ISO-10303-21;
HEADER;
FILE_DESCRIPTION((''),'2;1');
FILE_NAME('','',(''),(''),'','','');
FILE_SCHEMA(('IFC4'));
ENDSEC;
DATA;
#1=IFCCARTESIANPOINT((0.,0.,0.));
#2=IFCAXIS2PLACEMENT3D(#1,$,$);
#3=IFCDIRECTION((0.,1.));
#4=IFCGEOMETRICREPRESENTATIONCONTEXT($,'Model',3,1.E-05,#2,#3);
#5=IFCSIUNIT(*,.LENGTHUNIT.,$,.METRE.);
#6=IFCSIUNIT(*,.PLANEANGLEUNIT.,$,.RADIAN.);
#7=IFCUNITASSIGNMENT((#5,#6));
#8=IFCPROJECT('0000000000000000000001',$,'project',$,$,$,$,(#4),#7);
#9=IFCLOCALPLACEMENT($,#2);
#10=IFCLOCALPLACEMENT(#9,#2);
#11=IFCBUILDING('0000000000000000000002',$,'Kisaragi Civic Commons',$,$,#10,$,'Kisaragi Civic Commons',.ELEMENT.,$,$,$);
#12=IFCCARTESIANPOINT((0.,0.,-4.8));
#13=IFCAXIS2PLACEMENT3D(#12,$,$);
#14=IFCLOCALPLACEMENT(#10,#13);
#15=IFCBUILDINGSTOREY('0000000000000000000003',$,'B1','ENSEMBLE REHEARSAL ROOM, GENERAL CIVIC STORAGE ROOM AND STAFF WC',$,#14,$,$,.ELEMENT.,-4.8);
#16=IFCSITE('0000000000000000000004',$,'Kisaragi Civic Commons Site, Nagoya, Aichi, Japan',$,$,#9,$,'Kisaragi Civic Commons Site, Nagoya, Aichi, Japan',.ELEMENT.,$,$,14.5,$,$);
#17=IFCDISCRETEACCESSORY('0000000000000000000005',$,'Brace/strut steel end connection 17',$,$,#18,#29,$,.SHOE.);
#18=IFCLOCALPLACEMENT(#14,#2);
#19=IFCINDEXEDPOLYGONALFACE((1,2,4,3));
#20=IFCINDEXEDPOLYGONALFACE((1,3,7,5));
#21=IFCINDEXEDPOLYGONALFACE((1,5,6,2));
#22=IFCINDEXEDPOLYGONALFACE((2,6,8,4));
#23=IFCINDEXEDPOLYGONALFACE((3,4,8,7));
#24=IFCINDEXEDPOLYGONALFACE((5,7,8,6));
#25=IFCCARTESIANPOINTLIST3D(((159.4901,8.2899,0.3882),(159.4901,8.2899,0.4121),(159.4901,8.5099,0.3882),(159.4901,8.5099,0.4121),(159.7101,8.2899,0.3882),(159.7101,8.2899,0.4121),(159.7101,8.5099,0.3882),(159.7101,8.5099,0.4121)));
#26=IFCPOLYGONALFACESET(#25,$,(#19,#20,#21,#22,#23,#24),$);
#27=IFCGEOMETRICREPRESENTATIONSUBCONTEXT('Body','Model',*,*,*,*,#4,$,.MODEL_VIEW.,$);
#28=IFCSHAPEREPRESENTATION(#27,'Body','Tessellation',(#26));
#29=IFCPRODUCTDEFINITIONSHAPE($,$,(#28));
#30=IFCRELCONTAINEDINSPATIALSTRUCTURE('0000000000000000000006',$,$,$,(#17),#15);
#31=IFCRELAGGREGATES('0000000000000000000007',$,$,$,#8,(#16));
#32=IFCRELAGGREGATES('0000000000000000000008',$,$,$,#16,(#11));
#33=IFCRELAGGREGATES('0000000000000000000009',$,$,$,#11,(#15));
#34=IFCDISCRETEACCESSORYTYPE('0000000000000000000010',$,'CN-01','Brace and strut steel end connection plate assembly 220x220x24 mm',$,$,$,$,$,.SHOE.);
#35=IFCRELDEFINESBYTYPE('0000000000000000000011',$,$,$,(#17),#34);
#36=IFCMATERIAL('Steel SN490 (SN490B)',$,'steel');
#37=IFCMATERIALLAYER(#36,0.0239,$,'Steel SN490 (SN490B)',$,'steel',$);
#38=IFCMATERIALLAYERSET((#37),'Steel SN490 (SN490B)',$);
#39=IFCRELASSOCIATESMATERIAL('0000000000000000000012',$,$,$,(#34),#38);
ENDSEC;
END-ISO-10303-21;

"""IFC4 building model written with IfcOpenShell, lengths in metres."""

from ifc_helpers import new_model, si_unit, direction, frame, origin, origin_2d, place, context, subcontext, project, spatial, rectangle, extrude, material, layer, layer_set, type_object, element, save


model = new_model("IFC4")

# Units and contexts
model_context = context("Model", 3, precision=1e-05, world=origin(), true_north=direction((0.0, 1.0)))
body_context = subcontext(model_context, "Body", "Model", "MODEL_VIEW")
ifc_project = project(units=[si_unit("LENGTHUNIT", "METRE"), si_unit("PLANEANGLEUNIT", "RADIAN")], contexts=[model_context])

# Site, building, storey
site_placement = place(None, origin())
site = spatial("IfcSite", under=ifc_project, at=site_placement, Name="Kisaragi Civic Commons Site, Nagoya, Aichi, Japan", LongName="Kisaragi Civic Commons Site, Nagoya, Aichi, Japan", CompositionType="ELEMENT", RefElevation=14.5)
building_placement = place(site_placement, origin())
building = spatial("IfcBuilding", under=site, at=building_placement, Name="Kisaragi Civic Commons", LongName="Kisaragi Civic Commons", CompositionType="ELEMENT")
storey_placement = place(building_placement, frame((0.0, 0.0, -4.8)))
storey = spatial("IfcBuildingStorey", under=building, at=storey_placement, Name="B1", Description="ENSEMBLE REHEARSAL ROOM, GENERAL CIVIC STORAGE ROOM AND STAFF WC", CompositionType="ELEMENT", Elevation=-4.8)

# Shared definitions
ifc_material_1 = material(Name="Steel SN490 (SN490B)", Category="steel")

# Discrete accessory
ifc_layer_1 = layer(ifc_material_1, 0.0239, Name="Steel SN490 (SN490B)", Category="steel")
ifc_layer_set_1 = layer_set([ifc_layer_1], Name="Steel SN490 (SN490B)")
discrete_accessory_type = type_object("IfcDiscreteAccessoryType", Name="CN-01", Description="Brace and strut steel end connection plate assembly 220x220x24 mm", PredefinedType="SHOE", material=ifc_layer_set_1)
discrete_accessory_placement = place(storey_placement, frame((159.6001, 8.3999, 0.3882), z_axis=(0.0, 0.0, 1.0), x_axis=(1.0, 0.0, 0.0)))
element("IfcDiscreteAccessory", 1, at=discrete_accessory_placement, inside=storey, type_object=discrete_accessory_type, Name="Brace/strut steel end connection 17", PredefinedType="SHOE", context=body_context, shape_type="SweptSolid", body=[
    extrude(rectangle(XDim=0.22, YDim=0.22, at=origin_2d()), origin(), (0.0, 0.0, 1.0), 0.0239),
])

save(model, "model.ifc")
